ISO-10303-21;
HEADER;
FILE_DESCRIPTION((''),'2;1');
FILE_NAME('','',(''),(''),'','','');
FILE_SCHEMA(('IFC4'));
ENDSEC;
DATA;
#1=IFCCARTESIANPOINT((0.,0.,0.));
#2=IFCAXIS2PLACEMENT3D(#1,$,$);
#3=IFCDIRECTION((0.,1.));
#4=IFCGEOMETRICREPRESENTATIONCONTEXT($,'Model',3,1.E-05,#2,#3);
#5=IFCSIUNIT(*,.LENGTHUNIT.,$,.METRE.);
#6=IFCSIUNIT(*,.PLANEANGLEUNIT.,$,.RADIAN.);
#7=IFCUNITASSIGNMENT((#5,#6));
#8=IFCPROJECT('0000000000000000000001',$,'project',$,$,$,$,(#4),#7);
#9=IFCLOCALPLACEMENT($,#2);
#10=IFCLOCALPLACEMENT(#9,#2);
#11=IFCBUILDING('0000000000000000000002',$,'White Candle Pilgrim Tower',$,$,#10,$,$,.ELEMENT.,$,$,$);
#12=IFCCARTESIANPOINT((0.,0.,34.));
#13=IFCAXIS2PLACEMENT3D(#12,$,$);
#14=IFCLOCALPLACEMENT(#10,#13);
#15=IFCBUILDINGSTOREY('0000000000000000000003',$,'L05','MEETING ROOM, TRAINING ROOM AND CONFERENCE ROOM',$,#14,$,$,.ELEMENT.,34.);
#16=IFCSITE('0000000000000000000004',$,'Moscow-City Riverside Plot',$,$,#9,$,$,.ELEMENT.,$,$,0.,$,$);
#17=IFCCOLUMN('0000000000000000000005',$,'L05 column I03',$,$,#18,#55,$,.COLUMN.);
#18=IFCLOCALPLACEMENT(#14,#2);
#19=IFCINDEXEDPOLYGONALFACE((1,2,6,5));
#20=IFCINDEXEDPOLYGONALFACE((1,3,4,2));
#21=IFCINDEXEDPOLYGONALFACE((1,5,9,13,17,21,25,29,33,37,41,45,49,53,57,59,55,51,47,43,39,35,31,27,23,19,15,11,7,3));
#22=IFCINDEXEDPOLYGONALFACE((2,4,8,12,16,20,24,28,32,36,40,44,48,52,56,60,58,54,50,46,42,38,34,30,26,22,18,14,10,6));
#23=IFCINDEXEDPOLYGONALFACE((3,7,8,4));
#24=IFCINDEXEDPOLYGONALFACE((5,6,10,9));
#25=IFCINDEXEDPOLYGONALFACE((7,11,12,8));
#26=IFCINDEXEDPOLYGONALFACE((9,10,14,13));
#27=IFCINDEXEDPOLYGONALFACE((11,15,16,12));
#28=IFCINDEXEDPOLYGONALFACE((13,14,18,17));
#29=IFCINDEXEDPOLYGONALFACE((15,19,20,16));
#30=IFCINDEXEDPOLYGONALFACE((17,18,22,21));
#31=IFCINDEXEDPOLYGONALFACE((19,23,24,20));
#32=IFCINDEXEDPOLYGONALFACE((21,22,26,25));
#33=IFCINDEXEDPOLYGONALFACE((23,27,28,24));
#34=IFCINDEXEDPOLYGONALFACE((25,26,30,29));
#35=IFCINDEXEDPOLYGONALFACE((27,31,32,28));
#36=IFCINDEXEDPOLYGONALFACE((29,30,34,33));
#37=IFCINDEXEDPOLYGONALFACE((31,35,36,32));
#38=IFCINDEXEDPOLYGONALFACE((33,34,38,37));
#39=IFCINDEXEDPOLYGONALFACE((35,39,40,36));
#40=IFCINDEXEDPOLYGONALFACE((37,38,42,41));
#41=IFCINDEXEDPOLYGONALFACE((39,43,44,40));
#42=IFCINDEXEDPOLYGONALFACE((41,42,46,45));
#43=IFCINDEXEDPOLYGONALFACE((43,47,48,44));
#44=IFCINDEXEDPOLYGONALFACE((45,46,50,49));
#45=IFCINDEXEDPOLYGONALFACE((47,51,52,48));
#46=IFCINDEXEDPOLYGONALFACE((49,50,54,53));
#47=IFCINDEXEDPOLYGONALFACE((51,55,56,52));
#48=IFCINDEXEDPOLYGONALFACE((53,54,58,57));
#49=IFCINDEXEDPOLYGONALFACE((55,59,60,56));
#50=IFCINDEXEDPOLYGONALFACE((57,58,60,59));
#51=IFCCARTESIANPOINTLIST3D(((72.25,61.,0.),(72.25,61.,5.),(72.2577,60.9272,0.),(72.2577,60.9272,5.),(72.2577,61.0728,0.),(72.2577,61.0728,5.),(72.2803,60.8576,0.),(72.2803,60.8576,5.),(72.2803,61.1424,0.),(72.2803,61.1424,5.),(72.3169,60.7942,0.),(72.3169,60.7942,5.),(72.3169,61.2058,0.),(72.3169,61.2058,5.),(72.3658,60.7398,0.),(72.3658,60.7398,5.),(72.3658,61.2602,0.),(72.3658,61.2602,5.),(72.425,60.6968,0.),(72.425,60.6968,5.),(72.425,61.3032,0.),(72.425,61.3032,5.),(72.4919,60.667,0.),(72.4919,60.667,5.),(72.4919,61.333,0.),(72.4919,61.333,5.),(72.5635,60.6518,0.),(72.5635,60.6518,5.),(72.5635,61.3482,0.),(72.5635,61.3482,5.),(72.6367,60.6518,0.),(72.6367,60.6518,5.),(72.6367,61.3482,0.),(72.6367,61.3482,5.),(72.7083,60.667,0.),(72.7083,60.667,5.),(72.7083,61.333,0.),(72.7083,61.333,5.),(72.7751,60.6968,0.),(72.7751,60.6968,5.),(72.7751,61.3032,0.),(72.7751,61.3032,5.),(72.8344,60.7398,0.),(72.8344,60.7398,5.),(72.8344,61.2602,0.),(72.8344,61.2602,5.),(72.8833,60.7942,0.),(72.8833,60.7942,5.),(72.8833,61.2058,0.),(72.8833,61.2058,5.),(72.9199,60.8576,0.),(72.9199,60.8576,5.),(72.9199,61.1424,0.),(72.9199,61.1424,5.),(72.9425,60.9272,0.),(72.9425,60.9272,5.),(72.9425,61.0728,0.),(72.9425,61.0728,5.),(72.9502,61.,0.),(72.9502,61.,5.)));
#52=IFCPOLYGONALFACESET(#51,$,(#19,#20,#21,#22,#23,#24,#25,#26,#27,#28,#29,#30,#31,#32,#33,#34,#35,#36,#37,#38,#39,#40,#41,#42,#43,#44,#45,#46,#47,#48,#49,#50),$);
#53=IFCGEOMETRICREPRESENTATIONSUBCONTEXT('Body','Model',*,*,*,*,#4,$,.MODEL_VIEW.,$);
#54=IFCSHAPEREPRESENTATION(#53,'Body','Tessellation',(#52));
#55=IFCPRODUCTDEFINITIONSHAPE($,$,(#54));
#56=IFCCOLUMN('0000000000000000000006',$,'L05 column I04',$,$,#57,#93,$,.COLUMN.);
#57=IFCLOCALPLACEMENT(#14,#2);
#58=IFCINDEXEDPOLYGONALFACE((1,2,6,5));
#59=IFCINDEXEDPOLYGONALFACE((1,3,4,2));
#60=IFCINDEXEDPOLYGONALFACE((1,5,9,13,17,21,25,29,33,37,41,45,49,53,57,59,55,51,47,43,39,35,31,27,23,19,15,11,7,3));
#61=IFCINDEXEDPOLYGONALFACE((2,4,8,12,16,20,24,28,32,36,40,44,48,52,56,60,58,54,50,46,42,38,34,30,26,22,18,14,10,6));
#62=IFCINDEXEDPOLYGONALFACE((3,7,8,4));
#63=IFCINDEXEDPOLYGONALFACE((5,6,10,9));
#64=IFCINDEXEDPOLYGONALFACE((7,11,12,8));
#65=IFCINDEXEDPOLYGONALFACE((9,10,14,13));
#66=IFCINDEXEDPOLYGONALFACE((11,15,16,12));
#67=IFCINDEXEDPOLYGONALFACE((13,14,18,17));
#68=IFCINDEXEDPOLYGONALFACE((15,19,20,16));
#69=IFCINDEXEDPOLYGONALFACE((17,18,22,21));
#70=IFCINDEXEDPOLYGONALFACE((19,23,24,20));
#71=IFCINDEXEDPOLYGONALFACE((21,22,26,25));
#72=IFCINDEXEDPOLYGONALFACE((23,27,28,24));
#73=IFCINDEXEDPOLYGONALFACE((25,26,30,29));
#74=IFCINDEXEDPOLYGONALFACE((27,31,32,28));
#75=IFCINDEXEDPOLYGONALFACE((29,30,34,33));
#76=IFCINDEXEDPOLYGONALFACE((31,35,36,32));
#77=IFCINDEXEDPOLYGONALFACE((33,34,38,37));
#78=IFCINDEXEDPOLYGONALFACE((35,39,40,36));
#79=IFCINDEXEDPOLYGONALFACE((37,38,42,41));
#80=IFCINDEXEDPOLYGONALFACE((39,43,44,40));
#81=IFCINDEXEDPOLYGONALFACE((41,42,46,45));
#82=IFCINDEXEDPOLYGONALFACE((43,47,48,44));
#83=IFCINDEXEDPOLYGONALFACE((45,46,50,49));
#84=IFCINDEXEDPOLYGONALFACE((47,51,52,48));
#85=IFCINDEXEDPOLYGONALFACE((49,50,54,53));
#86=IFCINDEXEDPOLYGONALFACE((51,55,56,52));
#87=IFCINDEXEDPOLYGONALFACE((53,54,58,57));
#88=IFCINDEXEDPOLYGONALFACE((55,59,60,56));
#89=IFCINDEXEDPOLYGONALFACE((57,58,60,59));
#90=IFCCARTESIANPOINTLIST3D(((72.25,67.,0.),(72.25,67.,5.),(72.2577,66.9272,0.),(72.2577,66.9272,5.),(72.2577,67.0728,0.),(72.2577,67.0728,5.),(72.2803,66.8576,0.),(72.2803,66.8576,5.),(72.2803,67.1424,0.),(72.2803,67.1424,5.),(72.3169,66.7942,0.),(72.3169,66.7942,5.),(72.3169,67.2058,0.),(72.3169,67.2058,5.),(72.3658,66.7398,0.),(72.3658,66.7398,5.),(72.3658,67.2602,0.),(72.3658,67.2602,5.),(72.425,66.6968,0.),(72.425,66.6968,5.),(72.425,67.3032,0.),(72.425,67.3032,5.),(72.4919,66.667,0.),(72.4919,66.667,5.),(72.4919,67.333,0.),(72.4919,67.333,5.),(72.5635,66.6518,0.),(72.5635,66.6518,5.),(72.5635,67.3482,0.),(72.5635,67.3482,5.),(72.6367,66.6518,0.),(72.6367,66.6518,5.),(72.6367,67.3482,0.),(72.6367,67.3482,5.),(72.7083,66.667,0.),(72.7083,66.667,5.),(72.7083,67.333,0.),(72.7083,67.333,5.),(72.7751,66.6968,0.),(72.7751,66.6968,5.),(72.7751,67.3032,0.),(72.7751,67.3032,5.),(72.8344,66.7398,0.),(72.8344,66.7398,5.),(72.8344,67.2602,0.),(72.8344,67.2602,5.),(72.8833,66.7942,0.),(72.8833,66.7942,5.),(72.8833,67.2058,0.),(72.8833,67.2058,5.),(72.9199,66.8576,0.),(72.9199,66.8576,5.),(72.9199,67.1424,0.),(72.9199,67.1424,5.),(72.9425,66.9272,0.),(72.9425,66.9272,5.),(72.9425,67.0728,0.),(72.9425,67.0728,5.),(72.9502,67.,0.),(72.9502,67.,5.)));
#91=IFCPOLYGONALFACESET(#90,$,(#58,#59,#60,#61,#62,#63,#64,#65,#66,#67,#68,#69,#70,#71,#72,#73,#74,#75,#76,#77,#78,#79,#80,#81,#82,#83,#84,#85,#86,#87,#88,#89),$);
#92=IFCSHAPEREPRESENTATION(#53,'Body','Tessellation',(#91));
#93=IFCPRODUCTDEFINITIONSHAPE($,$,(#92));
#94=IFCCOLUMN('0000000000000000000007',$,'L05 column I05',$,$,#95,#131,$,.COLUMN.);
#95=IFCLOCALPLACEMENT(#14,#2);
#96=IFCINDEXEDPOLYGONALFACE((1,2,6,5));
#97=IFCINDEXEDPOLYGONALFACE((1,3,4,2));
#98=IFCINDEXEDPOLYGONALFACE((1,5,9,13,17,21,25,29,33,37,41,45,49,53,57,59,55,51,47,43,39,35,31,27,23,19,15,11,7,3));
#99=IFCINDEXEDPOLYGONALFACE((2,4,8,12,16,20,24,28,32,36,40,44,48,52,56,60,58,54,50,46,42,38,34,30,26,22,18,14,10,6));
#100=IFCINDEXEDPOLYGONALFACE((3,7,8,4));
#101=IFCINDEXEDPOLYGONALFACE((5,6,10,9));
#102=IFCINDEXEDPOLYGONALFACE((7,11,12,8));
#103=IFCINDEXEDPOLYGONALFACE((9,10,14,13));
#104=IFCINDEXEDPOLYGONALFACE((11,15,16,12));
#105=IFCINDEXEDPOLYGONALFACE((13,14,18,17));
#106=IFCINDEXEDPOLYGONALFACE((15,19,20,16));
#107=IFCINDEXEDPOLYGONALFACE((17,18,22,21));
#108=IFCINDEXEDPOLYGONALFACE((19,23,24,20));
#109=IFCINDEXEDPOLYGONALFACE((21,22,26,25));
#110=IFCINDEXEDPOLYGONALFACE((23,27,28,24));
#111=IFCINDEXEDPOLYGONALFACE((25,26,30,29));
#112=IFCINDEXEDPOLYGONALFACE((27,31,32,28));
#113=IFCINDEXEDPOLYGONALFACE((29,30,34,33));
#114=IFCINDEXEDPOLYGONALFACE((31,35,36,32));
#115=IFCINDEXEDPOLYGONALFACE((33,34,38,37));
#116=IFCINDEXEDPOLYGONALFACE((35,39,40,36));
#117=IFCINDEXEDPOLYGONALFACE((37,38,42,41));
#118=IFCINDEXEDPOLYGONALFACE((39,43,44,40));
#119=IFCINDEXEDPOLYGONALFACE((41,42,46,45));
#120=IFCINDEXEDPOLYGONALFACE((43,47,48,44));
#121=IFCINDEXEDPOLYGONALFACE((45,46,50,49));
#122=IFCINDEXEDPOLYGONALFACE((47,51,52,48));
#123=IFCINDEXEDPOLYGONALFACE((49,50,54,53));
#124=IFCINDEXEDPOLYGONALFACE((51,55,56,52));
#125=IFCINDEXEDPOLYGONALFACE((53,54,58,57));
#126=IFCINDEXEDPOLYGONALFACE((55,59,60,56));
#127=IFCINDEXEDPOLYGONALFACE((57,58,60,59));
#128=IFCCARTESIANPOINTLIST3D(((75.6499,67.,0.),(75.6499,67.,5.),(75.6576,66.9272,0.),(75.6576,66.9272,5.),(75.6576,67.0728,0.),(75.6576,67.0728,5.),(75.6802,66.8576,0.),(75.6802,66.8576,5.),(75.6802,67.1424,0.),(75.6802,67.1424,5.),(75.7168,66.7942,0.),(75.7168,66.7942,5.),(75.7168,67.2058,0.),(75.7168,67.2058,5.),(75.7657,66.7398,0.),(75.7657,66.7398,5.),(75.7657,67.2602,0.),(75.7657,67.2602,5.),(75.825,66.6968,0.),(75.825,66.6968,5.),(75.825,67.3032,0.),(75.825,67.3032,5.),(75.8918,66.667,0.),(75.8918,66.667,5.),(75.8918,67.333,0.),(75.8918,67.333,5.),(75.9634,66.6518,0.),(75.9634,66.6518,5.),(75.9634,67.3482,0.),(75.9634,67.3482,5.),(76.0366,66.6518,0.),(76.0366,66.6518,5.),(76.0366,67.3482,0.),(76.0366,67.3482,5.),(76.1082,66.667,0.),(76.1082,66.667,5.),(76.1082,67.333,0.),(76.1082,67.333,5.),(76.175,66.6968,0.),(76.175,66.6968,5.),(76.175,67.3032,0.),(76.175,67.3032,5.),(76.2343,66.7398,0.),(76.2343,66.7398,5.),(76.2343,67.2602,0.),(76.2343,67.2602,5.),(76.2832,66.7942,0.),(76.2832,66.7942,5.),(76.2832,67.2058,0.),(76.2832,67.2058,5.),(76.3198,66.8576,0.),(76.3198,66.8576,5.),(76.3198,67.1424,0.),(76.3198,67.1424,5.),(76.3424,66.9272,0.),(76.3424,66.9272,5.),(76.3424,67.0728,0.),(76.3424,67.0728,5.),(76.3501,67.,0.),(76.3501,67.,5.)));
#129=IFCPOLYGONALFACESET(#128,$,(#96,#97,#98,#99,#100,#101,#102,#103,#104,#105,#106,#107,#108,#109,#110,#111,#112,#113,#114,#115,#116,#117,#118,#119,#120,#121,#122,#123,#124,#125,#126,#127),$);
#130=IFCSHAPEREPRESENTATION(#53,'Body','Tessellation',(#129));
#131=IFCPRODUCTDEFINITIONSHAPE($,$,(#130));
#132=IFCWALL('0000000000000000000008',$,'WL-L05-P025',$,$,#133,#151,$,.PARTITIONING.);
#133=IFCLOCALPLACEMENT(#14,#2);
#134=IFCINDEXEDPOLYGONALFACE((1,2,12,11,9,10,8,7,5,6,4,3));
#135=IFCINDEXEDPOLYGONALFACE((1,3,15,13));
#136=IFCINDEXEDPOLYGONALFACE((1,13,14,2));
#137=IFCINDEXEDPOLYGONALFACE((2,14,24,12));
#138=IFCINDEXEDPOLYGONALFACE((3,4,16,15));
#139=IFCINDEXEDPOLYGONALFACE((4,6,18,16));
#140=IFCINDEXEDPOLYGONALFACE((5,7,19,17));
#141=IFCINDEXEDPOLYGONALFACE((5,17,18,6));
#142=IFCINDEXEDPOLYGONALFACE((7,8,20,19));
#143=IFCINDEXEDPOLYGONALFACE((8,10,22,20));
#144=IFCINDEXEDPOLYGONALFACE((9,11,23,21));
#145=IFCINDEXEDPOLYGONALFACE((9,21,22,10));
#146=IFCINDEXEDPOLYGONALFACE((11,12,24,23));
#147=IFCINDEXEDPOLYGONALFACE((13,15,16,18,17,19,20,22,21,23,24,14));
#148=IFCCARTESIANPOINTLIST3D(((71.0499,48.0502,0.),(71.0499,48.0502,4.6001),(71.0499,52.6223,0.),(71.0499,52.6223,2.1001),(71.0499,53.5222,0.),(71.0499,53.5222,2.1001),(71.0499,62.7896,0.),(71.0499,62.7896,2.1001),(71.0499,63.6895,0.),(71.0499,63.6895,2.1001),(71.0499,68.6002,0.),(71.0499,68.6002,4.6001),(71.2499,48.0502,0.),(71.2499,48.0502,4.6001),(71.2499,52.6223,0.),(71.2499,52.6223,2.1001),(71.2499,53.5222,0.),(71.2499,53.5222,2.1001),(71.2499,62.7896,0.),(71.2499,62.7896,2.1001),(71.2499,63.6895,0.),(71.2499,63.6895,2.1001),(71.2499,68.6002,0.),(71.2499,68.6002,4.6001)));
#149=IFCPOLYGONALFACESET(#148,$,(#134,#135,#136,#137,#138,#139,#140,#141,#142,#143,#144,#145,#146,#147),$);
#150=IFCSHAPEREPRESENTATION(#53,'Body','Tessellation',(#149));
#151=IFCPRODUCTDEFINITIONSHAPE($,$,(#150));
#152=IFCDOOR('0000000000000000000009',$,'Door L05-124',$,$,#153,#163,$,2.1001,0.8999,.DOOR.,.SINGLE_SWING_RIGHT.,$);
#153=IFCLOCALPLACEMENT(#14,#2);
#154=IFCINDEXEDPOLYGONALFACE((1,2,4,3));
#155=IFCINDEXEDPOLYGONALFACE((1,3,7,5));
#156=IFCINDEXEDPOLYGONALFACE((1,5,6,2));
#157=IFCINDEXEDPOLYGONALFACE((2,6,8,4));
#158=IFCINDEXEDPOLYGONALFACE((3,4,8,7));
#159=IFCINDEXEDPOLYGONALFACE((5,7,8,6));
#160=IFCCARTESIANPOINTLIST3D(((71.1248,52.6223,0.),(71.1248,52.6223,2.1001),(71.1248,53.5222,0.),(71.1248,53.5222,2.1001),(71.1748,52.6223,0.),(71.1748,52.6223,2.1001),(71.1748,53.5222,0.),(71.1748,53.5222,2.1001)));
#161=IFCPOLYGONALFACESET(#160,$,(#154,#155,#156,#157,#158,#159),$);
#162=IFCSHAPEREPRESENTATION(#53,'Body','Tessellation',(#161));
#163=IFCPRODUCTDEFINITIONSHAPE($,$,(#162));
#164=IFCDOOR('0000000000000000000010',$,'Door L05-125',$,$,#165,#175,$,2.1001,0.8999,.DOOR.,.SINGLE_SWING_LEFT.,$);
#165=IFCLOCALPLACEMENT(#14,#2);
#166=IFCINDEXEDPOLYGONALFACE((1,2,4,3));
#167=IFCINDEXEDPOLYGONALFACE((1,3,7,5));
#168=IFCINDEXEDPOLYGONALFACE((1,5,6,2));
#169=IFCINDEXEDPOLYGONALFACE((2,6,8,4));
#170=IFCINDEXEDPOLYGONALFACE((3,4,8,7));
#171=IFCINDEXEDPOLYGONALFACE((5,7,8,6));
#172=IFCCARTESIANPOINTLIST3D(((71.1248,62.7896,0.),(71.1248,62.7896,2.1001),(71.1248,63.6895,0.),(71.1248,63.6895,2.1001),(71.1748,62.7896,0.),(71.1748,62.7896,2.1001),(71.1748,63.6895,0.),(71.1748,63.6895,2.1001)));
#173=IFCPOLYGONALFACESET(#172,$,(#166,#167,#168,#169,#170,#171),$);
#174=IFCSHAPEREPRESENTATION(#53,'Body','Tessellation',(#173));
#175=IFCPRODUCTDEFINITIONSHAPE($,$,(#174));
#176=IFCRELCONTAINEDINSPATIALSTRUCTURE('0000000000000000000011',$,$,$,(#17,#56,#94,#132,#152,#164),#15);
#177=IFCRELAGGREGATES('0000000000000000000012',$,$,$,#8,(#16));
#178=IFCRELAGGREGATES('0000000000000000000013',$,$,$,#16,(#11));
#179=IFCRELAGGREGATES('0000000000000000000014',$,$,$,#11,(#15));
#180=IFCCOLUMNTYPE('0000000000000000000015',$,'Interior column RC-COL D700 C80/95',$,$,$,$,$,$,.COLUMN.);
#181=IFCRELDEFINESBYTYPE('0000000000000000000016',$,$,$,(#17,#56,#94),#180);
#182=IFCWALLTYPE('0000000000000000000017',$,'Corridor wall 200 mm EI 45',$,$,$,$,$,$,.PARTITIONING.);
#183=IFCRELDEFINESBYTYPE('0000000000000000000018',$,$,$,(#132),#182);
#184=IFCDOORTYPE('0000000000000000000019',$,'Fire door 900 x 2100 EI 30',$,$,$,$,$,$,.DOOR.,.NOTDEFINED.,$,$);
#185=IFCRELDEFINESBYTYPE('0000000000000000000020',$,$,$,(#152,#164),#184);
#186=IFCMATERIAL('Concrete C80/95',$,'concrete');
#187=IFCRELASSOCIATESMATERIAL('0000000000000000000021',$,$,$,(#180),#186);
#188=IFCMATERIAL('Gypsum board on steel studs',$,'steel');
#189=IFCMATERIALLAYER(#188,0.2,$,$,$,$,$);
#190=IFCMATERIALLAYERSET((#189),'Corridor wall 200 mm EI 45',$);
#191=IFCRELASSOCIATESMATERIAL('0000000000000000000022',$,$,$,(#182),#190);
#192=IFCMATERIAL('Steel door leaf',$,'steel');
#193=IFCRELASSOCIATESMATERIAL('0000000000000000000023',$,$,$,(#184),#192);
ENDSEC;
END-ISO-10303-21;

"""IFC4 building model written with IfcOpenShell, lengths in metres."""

from ifc_helpers import new_model, si_unit, direction, frame, frame_2d, origin, origin_2d, place, context, subcontext, project, spatial, rectangle, circle, extrude, material, layer, layer_set, material_profile, profile_set, type_object, element, fill, save


model = new_model("IFC4")

# Units and contexts
model_context = context("Model", 3, precision=1e-05, world=origin(), true_north=direction((0.0, 1.0)))
body_context = subcontext(model_context, "Body", "Model", "MODEL_VIEW")
ifc_project = project(units=[si_unit("LENGTHUNIT", "METRE"), si_unit("PLANEANGLEUNIT", "RADIAN")], contexts=[model_context])

# Site, building, storey
site_placement = place(None, origin())
site = spatial("IfcSite", under=ifc_project, at=site_placement, Name="Moscow-City Riverside Plot", CompositionType="ELEMENT", RefElevation=0.0)
building_placement = place(site_placement, origin())
building = spatial("IfcBuilding", under=site, at=building_placement, Name="White Candle Pilgrim Tower", CompositionType="ELEMENT")
storey_placement = place(building_placement, frame((0.0, 0.0, 34.0)))
storey = spatial("IfcBuildingStorey", under=building, at=storey_placement, Name="L05", Description="MEETING ROOM, TRAINING ROOM AND CONFERENCE ROOM", CompositionType="ELEMENT", Elevation=34.0)

# Columns
ifc_material_1 = material(Name="Concrete C80/95", Category="concrete")
ifc_material_profile = material_profile(ifc_material_1, circle(Radius=0.3501, at=origin_2d()), Name="RC-COL D700")
ifc_profile_set = profile_set([ifc_material_profile], Name="Concrete C80/95")
column_type = type_object("IfcColumnType", Name="Interior column RC-COL D700 C80/95", PredefinedType="COLUMN", material=ifc_profile_set)
for number, where, z_axis, x_axis, name in (
    (1, (72.6001, 61.0, 0.0), (0.0, 0.0, 1.0), (1.0, 0.0, 0.0), "L05 column I03"),
    (2, (72.6001, 67.0, 0.0), (0.0, 0.0, 1.0), (1.0, 0.0, 0.0), "L05 column I04"),
    (3, (76.0, 67.0, 0.0), (0.0, 0.0, 1.0), (1.0, 0.0, 0.0), "L05 column I05"),
):
    element("IfcColumn", number, at=place(storey_placement, frame(where, z_axis=z_axis, x_axis=x_axis)), inside=storey, type_object=column_type, Name=name, PredefinedType="COLUMN", context=body_context, shape_type="SweptSolid", body=[
        extrude(circle(Radius=0.3501, at=origin_2d()), origin(), (0.0, 0.0, 1.0), 5.0),
    ])

# Wall, openings, doors
ifc_material_2 = material(Name="Gypsum board on steel studs", Category="steel")
ifc_layer_1 = layer(ifc_material_2, 0.2)
ifc_layer_set_1 = layer_set([ifc_layer_1], Name="Corridor wall 200 mm EI 45")
wall_type_1 = type_object("IfcWallType", Name="Corridor wall 200 mm EI 45", PredefinedType="PARTITIONING", material=ifc_layer_set_1)
wall_1_placement = place(storey_placement, frame((71.1499, 68.6001, 0.0), z_axis=(0.0, 0.0, 1.0), x_axis=(0.0, -1.0, 0.0)))
wall_1 = element("IfcWall", 4, at=wall_1_placement, inside=storey, type_object=wall_type_1, Name="WL-L05-P025", PredefinedType="PARTITIONING", context=body_context, shape_type="SweptSolid", body=[
    extrude(rectangle(XDim=20.55, YDim=0.2, at=frame_2d((10.2749, 0.0))), origin(), (0.0, 0.0, 1.0), 4.6001),
])
opening_1_placement = place(wall_1_placement, frame((15.0779, 0.0, 0.0)))
opening_1 = element("IfcOpeningElement", 5, at=opening_1_placement, cuts=wall_1, PredefinedType="OPENING", context=body_context, shape_type="SweptSolid", body=[
    extrude(rectangle(XDim=0.8999, YDim=2.1001, at=frame_2d((0.45, 1.05))), frame((0.0, 0.1099, 0.0), z_axis=(0.0, -1.0, 0.0), x_axis=(1.0, 0.0, 0.0)), (0.0, 0.0, 1.0), 0.22),
])
opening_2_placement = place(wall_1_placement, frame((4.9106, 0.0, 0.0)))
opening_2 = element("IfcOpeningElement", 6, at=opening_2_placement, cuts=wall_1, PredefinedType="OPENING", context=body_context, shape_type="SweptSolid", body=[
    extrude(rectangle(XDim=0.8999, YDim=2.1001, at=frame_2d((0.45, 1.05))), frame((0.0, 0.1099, 0.0), z_axis=(0.0, -1.0, 0.0), x_axis=(1.0, 0.0, 0.0)), (0.0, 0.0, 1.0), 0.22),
])
ifc_material_3 = material(Name="Steel door leaf", Category="steel")
door_type = type_object("IfcDoorType", Name="Fire door 900 x 2100 EI 30", OperationType="NOTDEFINED", PredefinedType="DOOR", material=ifc_material_3)
door_1_placement = place(opening_1_placement, origin())
door_1 = element("IfcDoor", 7, at=door_1_placement, inside=storey, type_object=door_type, Name="Door L05-124", OperationType="SINGLE_SWING_RIGHT", OverallHeight=2.1001, OverallWidth=0.8999, PredefinedType="DOOR", context=body_context, shape_type="SweptSolid", body=[
    extrude(rectangle(XDim=0.8999, YDim=2.1001, at=frame_2d((0.45, 1.05))), frame((0.0, 0.0249, 0.0), z_axis=(0.0, -1.0, 0.0), x_axis=(1.0, 0.0, 0.0)), (0.0, 0.0, 1.0), 0.05),
])
fill(opening_1, door_1)
door_2_placement = place(opening_2_placement, origin())
door_2 = element("IfcDoor", 8, at=door_2_placement, inside=storey, type_object=door_type, Name="Door L05-125", OperationType="SINGLE_SWING_LEFT", OverallHeight=2.1001, OverallWidth=0.8999, PredefinedType="DOOR", context=body_context, shape_type="SweptSolid", body=[
    extrude(rectangle(XDim=0.8999, YDim=2.1001, at=frame_2d((0.45, 1.05))), frame((0.0, 0.0249, 0.0), z_axis=(0.0, -1.0, 0.0), x_axis=(1.0, 0.0, 0.0)), (0.0, 0.0, 1.0), 0.05),
])
fill(opening_2, door_2)

save(model, "model.ifc")
